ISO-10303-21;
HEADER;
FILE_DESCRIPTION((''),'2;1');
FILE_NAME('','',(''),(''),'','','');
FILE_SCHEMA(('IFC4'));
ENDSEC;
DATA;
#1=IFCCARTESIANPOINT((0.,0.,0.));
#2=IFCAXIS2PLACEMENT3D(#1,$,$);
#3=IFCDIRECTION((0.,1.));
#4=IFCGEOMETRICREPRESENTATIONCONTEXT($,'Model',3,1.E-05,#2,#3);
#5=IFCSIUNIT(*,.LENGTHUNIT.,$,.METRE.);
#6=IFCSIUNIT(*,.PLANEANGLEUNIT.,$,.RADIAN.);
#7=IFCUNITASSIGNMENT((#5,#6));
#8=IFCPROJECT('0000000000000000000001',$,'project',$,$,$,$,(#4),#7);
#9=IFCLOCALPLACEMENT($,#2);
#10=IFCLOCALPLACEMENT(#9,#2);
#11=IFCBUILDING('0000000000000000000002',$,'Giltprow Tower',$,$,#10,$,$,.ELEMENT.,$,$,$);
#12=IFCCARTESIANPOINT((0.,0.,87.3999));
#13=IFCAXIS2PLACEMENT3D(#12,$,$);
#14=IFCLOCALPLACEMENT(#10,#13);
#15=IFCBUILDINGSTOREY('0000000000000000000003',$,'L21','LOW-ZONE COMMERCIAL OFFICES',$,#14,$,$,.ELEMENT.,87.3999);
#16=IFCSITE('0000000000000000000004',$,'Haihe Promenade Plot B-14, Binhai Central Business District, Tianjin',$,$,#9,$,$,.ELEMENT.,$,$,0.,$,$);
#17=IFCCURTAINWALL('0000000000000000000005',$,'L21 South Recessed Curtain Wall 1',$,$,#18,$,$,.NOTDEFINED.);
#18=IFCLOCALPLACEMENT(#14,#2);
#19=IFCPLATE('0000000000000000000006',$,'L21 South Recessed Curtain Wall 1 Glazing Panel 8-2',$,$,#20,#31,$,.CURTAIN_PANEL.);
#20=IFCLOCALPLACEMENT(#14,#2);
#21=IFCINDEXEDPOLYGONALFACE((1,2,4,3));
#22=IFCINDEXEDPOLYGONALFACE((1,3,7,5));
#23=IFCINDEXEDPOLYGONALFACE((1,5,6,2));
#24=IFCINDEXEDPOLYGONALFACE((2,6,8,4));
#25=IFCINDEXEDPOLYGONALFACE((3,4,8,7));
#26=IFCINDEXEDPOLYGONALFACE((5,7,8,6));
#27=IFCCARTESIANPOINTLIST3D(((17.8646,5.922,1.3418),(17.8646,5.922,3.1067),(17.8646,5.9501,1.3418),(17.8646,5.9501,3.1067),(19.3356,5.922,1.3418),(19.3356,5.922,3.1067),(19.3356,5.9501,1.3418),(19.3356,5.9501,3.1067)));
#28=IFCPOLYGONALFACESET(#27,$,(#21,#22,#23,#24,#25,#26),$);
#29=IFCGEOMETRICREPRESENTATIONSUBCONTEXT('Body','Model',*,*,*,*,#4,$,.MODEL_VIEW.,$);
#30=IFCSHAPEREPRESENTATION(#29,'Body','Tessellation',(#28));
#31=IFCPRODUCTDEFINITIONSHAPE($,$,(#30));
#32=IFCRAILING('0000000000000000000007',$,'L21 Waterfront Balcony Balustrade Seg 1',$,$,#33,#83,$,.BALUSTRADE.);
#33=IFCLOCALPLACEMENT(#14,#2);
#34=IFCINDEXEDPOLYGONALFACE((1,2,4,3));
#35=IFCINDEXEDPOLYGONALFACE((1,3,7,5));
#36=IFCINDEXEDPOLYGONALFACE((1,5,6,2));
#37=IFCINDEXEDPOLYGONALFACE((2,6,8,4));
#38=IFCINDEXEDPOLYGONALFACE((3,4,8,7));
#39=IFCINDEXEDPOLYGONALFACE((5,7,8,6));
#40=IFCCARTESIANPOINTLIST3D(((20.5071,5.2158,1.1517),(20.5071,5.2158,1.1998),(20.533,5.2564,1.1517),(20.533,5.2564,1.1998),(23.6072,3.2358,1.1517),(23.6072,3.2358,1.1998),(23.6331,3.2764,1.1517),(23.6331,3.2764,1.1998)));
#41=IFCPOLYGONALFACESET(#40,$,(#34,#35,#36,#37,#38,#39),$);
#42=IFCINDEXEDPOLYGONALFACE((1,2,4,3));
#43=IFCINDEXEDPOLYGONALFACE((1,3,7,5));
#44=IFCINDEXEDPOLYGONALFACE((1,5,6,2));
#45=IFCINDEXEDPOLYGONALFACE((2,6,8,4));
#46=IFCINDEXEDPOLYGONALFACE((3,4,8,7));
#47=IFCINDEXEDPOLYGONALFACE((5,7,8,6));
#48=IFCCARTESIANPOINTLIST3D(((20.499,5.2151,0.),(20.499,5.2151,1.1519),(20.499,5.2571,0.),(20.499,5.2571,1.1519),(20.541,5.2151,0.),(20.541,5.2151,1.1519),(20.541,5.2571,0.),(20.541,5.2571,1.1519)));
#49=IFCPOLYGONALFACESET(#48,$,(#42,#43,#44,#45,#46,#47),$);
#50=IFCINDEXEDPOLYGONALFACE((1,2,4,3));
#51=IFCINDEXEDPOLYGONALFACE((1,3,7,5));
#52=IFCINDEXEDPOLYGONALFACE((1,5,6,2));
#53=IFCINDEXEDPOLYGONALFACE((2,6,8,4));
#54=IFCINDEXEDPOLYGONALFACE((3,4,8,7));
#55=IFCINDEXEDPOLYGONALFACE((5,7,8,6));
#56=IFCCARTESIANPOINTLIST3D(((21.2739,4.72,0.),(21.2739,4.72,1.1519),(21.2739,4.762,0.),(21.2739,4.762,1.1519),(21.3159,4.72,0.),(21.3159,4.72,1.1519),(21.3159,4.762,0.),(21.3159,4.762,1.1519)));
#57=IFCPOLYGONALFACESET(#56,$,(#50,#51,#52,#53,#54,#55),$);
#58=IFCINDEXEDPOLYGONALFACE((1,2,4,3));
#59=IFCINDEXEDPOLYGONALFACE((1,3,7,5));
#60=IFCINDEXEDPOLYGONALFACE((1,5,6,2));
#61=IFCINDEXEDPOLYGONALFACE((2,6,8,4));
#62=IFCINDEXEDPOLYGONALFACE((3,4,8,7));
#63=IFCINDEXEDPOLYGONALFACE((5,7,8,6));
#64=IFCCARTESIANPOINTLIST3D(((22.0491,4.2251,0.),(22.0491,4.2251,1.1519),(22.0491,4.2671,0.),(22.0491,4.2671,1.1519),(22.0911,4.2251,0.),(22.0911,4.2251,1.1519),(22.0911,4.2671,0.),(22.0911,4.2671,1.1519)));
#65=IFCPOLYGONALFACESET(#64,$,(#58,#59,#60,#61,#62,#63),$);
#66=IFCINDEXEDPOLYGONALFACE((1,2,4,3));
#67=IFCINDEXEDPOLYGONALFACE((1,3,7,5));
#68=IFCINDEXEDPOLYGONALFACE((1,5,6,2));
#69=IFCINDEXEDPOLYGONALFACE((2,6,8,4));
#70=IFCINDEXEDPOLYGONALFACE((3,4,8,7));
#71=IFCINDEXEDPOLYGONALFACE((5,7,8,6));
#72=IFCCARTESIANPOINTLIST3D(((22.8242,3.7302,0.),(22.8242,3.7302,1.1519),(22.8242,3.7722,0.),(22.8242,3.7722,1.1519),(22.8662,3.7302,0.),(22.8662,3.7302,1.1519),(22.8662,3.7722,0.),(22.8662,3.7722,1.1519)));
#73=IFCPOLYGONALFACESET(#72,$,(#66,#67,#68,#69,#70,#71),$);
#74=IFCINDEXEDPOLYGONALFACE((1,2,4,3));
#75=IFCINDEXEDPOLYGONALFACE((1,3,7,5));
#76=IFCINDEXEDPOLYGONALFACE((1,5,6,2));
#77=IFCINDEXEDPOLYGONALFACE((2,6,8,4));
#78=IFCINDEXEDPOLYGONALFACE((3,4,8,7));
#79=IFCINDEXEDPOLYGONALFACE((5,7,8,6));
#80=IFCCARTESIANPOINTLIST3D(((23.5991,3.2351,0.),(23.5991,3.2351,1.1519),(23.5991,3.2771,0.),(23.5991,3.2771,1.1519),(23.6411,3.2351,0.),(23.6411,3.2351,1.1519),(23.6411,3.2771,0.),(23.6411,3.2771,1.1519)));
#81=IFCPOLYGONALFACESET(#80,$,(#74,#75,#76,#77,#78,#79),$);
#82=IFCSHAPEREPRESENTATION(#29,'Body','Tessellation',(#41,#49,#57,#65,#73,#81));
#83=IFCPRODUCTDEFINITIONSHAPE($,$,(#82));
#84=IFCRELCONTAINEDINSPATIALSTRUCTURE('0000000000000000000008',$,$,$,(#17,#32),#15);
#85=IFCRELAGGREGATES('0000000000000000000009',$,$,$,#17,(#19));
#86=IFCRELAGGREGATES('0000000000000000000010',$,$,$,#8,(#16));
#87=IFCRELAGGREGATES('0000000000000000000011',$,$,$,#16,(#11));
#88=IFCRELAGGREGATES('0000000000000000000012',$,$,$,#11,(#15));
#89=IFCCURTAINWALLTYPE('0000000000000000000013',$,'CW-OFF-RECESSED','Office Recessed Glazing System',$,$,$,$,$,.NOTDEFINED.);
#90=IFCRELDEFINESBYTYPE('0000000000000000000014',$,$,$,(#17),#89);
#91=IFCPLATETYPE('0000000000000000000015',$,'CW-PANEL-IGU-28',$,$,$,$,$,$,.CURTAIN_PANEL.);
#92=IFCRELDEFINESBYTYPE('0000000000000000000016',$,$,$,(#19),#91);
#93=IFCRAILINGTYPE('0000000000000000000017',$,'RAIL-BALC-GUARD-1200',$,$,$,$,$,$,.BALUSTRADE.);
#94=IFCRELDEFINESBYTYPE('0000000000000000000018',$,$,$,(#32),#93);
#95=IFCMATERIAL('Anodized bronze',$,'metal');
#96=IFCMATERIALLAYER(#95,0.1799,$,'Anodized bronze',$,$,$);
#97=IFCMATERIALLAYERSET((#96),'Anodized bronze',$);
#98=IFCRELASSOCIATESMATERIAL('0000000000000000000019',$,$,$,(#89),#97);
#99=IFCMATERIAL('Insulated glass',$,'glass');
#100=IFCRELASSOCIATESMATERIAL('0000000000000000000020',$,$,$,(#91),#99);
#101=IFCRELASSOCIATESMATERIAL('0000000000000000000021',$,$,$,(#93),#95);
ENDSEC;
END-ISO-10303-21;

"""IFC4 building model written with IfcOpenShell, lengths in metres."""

from ifc_helpers import new_model, si_unit, direction, frame, origin, origin_2d, place, context, subcontext, project, spatial, rectangle, extrude, source, transform, mapped, material, layer, layer_set, type_object, element, aggregate, save


model = new_model("IFC4")

# Units and contexts
model_context = context("Model", 3, precision=1e-05, world=origin(), true_north=direction((0.0, 1.0)))
body_context = subcontext(model_context, "Body", "Model", "MODEL_VIEW")
ifc_project = project(units=[si_unit("LENGTHUNIT", "METRE"), si_unit("PLANEANGLEUNIT", "RADIAN")], contexts=[model_context])

# Site, building, storey
site_placement = place(None, origin())
site = spatial("IfcSite", under=ifc_project, at=site_placement, Name="Haihe Promenade Plot B-14, Binhai Central Business District, Tianjin", CompositionType="ELEMENT", RefElevation=0.0)
building_placement = place(site_placement, origin())
building = spatial("IfcBuilding", under=site, at=building_placement, Name="Giltprow Tower", CompositionType="ELEMENT")
storey_placement = place(building_placement, frame((0.0, 0.0, 87.3999)))
storey = spatial("IfcBuildingStorey", under=building, at=storey_placement, Name="L21", Description="LOW-ZONE COMMERCIAL OFFICES", CompositionType="ELEMENT", Elevation=87.3999)

# Curtain wall, plate
ifc_material_1 = material(Name="Anodized bronze", Category="metal")
ifc_layer = layer(ifc_material_1, 0.1799, Name="Anodized bronze")
ifc_layer_set = layer_set([ifc_layer], Name="Anodized bronze")
curtain_wall_type = type_object("IfcCurtainWallType", Name="CW-OFF-RECESSED", Description="Office Recessed Glazing System", PredefinedType="NOTDEFINED", material=ifc_layer_set)
curtain_wall_placement = place(storey_placement, origin())
curtain_wall = element("IfcCurtainWall", 1, at=curtain_wall_placement, inside=storey, type_object=curtain_wall_type, Name="L21 South Recessed Curtain Wall 1", PredefinedType="NOTDEFINED")
ifc_material_2 = material(Name="Insulated glass", Category="glass")
plate_type = type_object("IfcPlateType", Name="CW-PANEL-IGU-28", PredefinedType="CURTAIN_PANEL", material=ifc_material_2)
shared_shape_1 = source(origin(), body_context, "Body", "SweptSolid", [
    extrude(rectangle(XDim=1.4709, YDim=0.0281, at=origin_2d()), origin(), (0.0, 0.0, 1.0), 1.7649),
])
plate_1_placement = place(storey_placement, frame((18.6001, 5.936, 1.3418), z_axis=(0.0, 0.0, 1.0), x_axis=(1.0, 0.0, 0.0)))
plate_1 = element("IfcPlate", 2, at=plate_1_placement, type_object=plate_type, Name="L21 South Recessed Curtain Wall 1 Glazing Panel 8-2", PredefinedType="CURTAIN_PANEL", context=body_context, shape_type="MappedRepresentation", body=[
    mapped(shared_shape_1, transform((0.0, 0.0, 0.0), x_axis=(1.0, 0.0, 0.0), y_axis=(0.0, 1.0, 0.0), z_axis=(0.0, 0.0, 1.0), scale=1.0)),
])
aggregate(curtain_wall, [plate_1])

# Railing
railing_type = type_object("IfcRailingType", Name="RAIL-BALC-GUARD-1200", PredefinedType="BALUSTRADE", material=ifc_material_1)
railing_1_placement = place(storey_placement, frame((20.52, 5.2361, 0.0)))
element("IfcRailing", 3, at=railing_1_placement, inside=storey, type_object=railing_type, Name="L21 Waterfront Balcony Balustrade Seg 1", PredefinedType="BALUSTRADE", context=body_context, shape_type="SweptSolid", body=[
    extrude(rectangle(XDim=0.0481, YDim=0.0481, at=origin_2d()), frame((0.0, 0.0, 1.1758), z_axis=(0.842775, -0.538266, 0.0), x_axis=(0.538266, 0.842775, 0.0)), (0.0, 0.0, 1.0), 3.6785),
    extrude(rectangle(XDim=0.042, YDim=0.042, at=origin_2d()), origin(), (0.0, 0.0, 1.0), 1.1519),
    extrude(rectangle(XDim=0.042, YDim=0.042, at=origin_2d()), frame((0.7749, -0.4951, 0.0)), (0.0, 0.0, 1.0), 1.1519),
    extrude(rectangle(XDim=0.042, YDim=0.042, at=origin_2d()), frame((1.55, -0.99, 0.0)), (0.0, 0.0, 1.0), 1.1519),
    extrude(rectangle(XDim=0.042, YDim=0.042, at=origin_2d()), frame((2.3252, -1.4849, 0.0)), (0.0, 0.0, 1.0), 1.1519),
    extrude(rectangle(XDim=0.042, YDim=0.042, at=origin_2d()), frame((3.1001, -1.98, 0.0)), (0.0, 0.0, 1.0), 1.1519),
])

save(model, "model.ifc")
